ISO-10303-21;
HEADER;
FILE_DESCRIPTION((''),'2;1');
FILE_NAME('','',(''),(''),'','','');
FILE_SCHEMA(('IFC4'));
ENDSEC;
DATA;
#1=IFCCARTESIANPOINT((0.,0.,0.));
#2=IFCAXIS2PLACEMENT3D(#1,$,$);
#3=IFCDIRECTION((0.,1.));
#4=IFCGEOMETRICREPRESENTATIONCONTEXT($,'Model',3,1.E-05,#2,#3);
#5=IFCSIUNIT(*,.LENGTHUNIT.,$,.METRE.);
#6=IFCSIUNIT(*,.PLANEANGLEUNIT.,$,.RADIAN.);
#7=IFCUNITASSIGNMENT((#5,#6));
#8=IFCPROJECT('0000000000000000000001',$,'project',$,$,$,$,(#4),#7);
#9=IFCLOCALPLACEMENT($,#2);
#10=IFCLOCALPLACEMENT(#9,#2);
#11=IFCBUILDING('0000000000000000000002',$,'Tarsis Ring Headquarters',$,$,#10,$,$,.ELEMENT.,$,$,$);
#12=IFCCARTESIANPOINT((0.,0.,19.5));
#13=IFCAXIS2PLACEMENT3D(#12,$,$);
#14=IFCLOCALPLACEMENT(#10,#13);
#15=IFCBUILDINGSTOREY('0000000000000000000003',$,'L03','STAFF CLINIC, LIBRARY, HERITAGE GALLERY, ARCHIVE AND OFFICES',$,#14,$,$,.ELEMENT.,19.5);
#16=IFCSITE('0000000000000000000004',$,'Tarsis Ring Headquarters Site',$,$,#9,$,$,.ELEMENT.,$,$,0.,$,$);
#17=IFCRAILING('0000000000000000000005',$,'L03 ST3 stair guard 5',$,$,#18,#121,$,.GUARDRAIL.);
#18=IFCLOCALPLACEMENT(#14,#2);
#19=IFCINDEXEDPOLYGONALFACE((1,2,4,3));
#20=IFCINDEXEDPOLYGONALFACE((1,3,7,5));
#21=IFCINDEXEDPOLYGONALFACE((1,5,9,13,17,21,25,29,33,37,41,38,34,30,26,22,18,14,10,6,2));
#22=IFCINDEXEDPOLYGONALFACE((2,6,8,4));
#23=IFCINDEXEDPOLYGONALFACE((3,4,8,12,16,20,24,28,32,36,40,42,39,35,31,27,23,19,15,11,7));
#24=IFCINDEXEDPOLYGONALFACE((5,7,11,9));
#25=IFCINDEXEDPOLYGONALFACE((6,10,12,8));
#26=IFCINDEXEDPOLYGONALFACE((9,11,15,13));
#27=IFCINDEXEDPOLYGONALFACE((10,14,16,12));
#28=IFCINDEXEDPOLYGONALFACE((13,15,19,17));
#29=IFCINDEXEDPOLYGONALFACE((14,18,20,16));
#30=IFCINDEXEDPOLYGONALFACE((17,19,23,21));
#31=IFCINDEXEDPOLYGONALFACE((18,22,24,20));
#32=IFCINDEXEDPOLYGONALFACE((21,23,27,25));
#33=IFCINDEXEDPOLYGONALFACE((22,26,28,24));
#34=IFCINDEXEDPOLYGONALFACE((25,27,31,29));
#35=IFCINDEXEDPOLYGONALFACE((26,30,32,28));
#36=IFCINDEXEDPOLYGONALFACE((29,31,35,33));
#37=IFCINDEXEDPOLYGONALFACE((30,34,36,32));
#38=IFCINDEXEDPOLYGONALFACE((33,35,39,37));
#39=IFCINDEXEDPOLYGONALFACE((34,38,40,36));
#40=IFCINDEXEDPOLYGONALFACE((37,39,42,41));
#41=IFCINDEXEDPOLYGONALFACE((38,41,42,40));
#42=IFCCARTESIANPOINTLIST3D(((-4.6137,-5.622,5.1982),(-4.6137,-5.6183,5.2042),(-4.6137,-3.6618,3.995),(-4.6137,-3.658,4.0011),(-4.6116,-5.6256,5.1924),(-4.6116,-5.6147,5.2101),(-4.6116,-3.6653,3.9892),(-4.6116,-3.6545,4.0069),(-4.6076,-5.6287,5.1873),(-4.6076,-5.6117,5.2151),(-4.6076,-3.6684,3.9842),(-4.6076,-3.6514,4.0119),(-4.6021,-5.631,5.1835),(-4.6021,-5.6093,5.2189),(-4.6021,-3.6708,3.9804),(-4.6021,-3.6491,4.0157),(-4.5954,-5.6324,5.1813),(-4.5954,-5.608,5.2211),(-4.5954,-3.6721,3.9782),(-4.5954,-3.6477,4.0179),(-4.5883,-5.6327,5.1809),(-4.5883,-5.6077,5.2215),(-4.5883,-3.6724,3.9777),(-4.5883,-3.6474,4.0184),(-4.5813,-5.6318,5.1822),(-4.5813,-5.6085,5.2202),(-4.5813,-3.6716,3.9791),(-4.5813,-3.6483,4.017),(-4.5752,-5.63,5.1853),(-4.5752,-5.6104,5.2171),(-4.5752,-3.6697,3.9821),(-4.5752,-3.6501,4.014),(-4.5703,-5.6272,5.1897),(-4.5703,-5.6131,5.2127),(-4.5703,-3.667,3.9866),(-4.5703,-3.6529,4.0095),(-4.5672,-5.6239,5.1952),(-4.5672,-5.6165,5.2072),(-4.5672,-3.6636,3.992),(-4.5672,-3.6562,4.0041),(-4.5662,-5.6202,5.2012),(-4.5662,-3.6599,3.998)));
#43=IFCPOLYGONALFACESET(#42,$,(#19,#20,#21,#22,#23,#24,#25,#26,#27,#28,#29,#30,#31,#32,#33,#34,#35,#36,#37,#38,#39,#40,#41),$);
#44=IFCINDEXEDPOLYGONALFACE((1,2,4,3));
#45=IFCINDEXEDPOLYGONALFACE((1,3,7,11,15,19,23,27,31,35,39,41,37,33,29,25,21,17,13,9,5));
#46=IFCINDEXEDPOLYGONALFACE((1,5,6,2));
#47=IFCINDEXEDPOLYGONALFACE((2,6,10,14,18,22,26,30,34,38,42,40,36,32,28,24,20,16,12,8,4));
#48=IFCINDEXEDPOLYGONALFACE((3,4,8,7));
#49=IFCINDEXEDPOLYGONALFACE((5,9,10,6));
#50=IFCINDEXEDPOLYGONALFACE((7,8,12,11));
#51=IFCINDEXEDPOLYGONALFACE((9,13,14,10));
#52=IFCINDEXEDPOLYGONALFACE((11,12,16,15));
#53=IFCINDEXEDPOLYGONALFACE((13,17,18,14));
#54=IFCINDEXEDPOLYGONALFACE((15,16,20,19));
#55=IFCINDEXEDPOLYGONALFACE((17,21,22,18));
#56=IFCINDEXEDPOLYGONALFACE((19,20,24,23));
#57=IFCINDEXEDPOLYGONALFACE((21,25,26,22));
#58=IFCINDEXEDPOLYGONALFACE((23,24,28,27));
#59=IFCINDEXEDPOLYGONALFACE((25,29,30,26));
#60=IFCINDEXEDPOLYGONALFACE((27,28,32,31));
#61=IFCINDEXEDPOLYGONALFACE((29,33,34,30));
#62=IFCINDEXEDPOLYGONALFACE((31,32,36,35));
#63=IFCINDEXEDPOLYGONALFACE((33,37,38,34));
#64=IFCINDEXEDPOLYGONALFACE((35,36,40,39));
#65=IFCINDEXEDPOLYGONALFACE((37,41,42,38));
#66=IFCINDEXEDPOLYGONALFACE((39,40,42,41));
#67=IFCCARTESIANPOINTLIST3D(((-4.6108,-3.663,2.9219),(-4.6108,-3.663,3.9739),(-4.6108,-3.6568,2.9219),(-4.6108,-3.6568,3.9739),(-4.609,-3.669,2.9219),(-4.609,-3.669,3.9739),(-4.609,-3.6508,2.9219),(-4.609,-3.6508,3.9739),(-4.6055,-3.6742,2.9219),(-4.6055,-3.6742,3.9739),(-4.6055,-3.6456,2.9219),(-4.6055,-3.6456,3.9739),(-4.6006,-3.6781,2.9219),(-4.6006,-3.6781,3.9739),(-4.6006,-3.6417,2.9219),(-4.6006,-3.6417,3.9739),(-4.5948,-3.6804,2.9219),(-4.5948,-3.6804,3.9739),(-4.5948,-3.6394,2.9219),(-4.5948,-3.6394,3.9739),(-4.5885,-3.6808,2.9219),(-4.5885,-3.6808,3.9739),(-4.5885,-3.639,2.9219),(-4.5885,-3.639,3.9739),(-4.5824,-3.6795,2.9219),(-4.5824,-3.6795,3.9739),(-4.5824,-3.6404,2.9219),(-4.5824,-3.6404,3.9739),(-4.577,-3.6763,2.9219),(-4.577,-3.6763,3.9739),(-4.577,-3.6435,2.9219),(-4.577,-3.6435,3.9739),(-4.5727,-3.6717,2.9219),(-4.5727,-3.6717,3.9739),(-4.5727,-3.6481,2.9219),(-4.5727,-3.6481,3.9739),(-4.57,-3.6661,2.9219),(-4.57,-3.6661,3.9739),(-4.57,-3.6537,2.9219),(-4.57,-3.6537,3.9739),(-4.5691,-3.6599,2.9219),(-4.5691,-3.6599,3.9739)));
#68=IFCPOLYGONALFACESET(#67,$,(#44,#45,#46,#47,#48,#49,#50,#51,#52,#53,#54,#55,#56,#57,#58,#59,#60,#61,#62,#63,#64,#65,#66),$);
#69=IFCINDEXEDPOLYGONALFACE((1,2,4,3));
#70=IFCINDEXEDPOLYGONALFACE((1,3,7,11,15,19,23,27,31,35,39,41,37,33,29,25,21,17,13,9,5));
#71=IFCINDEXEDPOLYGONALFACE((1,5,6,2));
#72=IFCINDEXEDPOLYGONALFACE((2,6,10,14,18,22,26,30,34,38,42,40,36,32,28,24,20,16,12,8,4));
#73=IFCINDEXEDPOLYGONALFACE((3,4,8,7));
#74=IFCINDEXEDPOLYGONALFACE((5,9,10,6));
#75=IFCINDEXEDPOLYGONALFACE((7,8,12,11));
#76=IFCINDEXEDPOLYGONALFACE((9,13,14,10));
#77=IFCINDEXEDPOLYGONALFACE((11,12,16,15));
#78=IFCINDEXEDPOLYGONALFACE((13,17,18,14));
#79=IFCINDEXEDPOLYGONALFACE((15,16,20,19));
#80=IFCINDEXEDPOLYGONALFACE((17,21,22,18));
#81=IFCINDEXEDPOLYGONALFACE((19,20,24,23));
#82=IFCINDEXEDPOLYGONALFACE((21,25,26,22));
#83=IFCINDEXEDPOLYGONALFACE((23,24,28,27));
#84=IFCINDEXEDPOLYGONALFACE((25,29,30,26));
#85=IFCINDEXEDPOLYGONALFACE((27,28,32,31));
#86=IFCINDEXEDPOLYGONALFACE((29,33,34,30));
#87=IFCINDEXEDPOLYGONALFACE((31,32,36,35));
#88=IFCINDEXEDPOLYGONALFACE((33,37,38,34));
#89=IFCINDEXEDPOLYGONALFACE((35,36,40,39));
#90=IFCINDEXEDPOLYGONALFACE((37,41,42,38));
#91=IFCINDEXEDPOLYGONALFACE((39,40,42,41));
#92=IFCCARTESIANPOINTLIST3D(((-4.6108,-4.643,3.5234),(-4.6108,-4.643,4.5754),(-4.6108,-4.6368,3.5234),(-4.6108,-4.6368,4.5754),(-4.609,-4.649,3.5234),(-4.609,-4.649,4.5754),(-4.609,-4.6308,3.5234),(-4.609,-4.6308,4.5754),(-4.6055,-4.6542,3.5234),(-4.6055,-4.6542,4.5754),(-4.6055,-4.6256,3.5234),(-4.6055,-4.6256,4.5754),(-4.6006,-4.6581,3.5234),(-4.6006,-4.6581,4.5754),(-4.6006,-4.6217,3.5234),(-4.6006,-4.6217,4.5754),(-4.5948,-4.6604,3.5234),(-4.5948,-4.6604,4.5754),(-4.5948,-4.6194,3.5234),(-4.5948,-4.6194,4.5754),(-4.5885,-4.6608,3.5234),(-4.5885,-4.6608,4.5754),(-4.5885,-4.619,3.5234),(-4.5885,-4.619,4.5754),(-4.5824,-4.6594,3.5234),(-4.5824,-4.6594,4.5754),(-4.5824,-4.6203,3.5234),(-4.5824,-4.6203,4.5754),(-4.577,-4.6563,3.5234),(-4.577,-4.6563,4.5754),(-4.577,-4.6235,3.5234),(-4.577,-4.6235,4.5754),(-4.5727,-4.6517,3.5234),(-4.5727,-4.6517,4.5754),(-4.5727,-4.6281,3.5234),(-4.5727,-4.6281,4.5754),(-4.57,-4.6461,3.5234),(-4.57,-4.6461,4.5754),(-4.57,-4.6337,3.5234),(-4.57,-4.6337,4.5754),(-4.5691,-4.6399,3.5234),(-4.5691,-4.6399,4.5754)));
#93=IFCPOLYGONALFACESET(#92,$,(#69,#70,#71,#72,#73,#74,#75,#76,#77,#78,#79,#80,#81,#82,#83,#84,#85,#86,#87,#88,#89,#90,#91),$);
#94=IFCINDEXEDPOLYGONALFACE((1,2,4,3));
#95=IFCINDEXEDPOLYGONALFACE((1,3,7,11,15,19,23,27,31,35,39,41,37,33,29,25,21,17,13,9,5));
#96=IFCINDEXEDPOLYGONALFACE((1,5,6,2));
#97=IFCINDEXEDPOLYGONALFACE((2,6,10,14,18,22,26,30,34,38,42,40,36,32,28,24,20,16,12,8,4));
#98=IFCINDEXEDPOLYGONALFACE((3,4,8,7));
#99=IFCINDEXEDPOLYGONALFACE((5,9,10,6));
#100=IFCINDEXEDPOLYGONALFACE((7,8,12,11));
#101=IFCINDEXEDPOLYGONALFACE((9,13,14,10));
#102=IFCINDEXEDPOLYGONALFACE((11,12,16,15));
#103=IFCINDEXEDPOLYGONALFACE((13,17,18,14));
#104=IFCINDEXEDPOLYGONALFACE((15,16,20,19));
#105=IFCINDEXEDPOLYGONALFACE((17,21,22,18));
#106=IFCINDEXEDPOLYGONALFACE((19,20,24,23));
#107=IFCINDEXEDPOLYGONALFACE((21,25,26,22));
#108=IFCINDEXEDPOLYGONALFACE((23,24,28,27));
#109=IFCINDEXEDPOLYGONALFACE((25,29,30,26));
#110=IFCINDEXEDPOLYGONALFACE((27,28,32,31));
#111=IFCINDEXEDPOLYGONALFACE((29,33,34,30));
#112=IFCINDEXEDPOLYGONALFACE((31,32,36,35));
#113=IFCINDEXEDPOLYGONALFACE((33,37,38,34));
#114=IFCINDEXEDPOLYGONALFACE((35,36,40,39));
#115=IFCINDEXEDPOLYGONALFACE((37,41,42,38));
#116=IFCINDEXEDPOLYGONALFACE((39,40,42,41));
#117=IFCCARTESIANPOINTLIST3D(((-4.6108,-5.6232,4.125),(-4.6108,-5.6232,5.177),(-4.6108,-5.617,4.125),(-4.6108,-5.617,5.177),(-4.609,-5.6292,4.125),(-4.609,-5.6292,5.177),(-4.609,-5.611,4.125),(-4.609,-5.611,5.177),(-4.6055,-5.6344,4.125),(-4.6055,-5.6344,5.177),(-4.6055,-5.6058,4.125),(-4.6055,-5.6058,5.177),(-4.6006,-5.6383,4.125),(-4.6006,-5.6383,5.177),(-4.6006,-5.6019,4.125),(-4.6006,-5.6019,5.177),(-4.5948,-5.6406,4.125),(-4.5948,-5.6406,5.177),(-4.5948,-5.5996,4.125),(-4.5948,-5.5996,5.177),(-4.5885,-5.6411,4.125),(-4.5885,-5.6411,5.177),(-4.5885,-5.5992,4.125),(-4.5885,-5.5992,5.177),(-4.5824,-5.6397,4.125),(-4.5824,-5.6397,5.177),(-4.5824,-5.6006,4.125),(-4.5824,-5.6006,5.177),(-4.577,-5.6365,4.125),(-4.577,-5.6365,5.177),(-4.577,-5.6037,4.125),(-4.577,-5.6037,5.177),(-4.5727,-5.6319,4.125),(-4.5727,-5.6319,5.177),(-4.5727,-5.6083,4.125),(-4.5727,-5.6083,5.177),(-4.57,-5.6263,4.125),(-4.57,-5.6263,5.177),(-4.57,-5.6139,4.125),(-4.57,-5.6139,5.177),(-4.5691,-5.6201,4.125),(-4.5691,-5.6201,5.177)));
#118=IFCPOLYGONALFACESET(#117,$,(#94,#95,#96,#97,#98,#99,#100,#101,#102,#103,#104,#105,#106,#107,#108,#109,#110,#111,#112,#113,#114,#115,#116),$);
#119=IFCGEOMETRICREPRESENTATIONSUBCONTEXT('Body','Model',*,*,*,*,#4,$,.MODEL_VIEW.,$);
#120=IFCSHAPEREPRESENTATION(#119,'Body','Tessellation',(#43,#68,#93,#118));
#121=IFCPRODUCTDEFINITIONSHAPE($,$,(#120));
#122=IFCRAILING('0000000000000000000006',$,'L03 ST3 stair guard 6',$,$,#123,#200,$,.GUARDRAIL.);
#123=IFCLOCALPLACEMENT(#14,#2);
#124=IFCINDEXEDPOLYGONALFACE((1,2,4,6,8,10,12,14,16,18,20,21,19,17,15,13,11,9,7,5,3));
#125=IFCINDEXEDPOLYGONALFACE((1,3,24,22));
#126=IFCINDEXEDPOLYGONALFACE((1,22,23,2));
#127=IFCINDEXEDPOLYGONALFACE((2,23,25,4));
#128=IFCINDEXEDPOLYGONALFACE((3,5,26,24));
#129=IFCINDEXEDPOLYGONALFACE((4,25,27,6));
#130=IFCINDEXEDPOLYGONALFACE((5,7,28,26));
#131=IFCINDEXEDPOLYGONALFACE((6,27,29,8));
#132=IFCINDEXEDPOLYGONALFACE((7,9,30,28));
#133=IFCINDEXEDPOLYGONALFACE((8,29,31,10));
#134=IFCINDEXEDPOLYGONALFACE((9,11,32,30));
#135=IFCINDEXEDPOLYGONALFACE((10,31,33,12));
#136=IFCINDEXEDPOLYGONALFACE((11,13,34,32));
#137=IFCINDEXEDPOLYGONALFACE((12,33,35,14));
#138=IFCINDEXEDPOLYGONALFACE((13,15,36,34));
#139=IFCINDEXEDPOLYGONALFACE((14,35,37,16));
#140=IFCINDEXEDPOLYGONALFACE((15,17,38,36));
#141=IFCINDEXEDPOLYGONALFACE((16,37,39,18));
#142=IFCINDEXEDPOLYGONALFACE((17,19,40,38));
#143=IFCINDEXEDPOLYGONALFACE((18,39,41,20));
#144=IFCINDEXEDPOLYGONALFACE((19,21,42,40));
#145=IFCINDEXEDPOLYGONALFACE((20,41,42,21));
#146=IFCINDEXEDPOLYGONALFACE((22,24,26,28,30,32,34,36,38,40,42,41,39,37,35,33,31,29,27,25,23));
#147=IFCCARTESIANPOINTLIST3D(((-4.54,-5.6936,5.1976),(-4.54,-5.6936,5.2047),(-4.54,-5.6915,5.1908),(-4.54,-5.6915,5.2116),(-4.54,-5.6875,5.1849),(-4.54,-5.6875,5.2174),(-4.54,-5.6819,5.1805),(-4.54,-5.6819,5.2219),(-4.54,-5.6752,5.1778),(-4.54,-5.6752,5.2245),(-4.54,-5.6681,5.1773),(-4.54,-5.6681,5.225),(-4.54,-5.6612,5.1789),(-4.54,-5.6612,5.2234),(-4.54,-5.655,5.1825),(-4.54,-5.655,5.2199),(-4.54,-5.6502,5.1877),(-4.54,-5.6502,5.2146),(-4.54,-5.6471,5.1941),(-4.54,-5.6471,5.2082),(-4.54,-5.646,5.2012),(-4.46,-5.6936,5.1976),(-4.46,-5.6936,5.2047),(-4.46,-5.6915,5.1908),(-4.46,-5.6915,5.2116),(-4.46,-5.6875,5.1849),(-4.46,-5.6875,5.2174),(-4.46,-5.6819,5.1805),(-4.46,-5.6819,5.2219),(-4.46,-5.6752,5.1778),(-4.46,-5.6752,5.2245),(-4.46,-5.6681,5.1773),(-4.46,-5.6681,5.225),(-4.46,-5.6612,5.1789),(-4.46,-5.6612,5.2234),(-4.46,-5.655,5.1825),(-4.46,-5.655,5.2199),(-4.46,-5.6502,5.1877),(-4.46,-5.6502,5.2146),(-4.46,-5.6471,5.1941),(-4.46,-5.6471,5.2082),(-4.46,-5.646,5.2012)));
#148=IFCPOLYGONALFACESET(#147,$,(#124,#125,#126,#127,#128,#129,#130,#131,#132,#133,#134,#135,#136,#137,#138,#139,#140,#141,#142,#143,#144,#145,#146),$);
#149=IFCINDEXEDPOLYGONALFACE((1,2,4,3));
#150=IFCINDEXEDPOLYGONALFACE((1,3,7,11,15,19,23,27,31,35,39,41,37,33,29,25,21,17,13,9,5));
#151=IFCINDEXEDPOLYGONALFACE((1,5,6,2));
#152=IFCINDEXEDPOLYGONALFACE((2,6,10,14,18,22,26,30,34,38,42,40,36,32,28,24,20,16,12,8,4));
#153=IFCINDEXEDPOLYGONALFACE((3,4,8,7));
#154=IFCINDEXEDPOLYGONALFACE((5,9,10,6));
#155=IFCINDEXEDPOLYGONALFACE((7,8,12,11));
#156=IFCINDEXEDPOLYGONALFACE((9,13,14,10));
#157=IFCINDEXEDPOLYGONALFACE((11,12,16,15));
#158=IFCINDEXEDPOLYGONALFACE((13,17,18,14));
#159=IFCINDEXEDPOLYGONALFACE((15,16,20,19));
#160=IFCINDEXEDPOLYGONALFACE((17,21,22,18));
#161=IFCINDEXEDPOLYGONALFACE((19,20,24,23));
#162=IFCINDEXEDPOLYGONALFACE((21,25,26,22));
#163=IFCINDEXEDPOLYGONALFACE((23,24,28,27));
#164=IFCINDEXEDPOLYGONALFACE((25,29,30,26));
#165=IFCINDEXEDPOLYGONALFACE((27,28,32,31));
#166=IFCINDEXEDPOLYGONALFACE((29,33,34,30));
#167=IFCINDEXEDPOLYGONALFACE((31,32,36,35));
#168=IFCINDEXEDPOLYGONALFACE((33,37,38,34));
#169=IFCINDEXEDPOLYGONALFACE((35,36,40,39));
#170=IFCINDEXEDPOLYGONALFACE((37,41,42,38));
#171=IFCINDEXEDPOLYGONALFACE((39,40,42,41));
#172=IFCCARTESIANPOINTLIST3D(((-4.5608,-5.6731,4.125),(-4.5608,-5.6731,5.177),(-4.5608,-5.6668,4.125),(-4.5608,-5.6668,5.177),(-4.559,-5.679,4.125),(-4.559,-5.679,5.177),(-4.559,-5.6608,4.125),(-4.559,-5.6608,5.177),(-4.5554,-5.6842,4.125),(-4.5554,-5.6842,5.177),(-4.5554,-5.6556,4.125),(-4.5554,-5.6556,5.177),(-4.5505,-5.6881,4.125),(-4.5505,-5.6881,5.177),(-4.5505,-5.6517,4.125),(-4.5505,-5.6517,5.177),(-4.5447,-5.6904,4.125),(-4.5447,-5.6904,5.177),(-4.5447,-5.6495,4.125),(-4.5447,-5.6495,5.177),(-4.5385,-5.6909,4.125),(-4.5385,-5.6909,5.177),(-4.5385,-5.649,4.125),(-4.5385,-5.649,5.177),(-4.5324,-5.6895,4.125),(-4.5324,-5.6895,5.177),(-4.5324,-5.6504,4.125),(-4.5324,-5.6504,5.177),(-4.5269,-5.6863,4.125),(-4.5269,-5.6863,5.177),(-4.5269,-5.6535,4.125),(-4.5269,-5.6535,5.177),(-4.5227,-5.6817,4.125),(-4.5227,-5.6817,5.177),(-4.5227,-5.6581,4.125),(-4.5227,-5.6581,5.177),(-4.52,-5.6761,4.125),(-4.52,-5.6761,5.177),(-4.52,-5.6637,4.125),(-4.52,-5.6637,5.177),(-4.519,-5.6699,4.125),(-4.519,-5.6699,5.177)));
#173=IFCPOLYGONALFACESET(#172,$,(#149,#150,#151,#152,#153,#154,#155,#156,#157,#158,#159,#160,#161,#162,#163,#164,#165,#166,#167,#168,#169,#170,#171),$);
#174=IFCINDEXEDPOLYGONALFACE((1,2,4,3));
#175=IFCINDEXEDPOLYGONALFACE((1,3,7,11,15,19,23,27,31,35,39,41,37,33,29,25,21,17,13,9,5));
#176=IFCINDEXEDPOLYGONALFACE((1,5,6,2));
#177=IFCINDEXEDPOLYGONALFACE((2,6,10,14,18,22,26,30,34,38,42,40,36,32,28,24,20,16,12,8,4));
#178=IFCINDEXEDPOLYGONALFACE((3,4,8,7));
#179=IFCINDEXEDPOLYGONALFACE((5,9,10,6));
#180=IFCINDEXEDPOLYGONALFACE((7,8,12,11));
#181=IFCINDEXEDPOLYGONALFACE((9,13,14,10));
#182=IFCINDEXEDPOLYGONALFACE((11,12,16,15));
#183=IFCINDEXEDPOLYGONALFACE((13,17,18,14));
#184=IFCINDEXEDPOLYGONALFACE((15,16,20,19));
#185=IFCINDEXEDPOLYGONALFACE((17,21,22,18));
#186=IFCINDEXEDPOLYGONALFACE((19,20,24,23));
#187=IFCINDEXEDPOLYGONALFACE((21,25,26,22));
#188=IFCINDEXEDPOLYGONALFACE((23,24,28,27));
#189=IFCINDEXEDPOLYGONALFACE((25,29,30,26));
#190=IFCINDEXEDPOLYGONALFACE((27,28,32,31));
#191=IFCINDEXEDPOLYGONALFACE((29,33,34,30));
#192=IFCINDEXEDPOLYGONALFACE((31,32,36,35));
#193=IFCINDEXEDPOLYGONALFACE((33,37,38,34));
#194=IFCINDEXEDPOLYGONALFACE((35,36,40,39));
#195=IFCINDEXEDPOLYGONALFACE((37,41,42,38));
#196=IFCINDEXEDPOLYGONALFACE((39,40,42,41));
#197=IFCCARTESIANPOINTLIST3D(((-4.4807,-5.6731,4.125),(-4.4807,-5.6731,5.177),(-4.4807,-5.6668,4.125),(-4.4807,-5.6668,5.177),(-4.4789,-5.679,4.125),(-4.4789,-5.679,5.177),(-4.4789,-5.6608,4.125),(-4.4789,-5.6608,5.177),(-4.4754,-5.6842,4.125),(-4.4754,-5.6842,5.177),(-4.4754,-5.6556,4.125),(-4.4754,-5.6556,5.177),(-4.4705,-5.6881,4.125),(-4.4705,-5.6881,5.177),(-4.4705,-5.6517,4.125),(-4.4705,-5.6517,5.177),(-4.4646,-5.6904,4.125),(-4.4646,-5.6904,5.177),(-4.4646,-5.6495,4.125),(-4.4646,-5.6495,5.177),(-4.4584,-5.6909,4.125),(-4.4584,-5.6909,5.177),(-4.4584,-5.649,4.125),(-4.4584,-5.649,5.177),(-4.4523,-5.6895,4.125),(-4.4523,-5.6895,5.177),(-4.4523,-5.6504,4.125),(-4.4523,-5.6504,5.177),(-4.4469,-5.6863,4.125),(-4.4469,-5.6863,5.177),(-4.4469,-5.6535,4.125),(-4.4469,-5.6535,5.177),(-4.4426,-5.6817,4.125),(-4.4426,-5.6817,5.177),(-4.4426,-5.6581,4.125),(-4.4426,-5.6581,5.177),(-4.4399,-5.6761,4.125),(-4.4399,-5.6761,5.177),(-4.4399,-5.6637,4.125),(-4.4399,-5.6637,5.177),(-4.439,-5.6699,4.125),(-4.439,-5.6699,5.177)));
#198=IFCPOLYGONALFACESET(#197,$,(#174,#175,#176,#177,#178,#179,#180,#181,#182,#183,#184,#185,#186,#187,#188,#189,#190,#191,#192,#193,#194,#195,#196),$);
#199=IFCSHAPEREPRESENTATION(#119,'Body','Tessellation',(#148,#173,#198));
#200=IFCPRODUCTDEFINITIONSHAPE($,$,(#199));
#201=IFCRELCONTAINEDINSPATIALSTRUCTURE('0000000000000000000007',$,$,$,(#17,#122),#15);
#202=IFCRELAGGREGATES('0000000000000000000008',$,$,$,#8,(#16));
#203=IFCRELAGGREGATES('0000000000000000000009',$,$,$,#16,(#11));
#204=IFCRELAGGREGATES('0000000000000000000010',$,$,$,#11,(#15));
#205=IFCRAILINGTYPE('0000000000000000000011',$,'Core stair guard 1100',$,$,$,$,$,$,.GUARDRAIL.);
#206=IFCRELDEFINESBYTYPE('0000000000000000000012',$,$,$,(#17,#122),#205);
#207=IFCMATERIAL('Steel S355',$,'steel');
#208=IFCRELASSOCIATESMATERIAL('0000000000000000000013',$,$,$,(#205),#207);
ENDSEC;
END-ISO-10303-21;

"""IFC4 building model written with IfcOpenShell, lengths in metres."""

from ifc_helpers import new_model, si_unit, direction, frame, origin, origin_2d, place, context, subcontext, project, spatial, circle, extrude, material, type_object, element, save


model = new_model("IFC4")

# Units and contexts
model_context = context("Model", 3, precision=1e-05, world=origin(), true_north=direction((0.0, 1.0)))
body_context = subcontext(model_context, "Body", "Model", "MODEL_VIEW")
ifc_project = project(units=[si_unit("LENGTHUNIT", "METRE"), si_unit("PLANEANGLEUNIT", "RADIAN")], contexts=[model_context])

# Site, building, storey
site_placement = place(None, origin())
site = spatial("IfcSite", under=ifc_project, at=site_placement, Name="Tarsis Ring Headquarters Site", CompositionType="ELEMENT", RefElevation=0.0)
building_placement = place(site_placement, origin())
building = spatial("IfcBuilding", under=site, at=building_placement, Name="Tarsis Ring Headquarters", CompositionType="ELEMENT")
storey_placement = place(building_placement, frame((0.0, 0.0, 19.5)))
storey = spatial("IfcBuildingStorey", under=building, at=storey_placement, Name="L03", Description="STAFF CLINIC, LIBRARY, HERITAGE GALLERY, ARCHIVE AND OFFICES", CompositionType="ELEMENT", Elevation=19.5)

# Shared definitions
ifc_material_1 = material(Name="Steel S355", Category="steel")

# Railings
railing_type_1 = type_object("IfcRailingType", Name="Core stair guard 1100", PredefinedType="GUARDRAIL", material=ifc_material_1)
railing_1_placement = place(storey_placement, frame((-4.5901, -3.6599, 2.9219)))
element("IfcRailing", 1, at=railing_1_placement, inside=storey, type_object=railing_type_1, Name="L03 ST3 stair guard 5", PredefinedType="GUARDRAIL", context=body_context, shape_type="SweptSolid", body=[
    extrude(circle(Radius=0.0239, at=origin_2d()), frame((0.0, 0.0, 1.0762), z_axis=(0.0, -0.85227, 0.523102), x_axis=(1.0, 0.0, 0.0)), (0.0, 0.0, 1.0), 2.3),
    extrude(circle(Radius=0.021, at=origin_2d()), origin(), (0.0, 0.0, 1.0), 1.052),
    extrude(circle(Radius=0.021, at=origin_2d()), frame((0.0, -0.98, 0.6016)), (0.0, 0.0, 1.0), 1.052),
    extrude(circle(Radius=0.021, at=origin_2d()), frame((0.0, -1.9602, 1.2031)), (0.0, 0.0, 1.0), 1.052),
])
railing_2_placement = place(storey_placement, frame((-4.54, -5.6699, 4.125)))
element("IfcRailing", 2, at=railing_2_placement, inside=storey, type_object=railing_type_1, Name="L03 ST3 stair guard 6", PredefinedType="GUARDRAIL", context=body_context, shape_type="SweptSolid", body=[
    extrude(circle(Radius=0.0239, at=origin_2d()), frame((0.0, 0.0, 1.0762), z_axis=(1.0, 0.0, 0.0), x_axis=(0.0, 1.0, 0.0)), (0.0, 0.0, 1.0), 0.0801),
    extrude(circle(Radius=0.021, at=origin_2d()), origin(), (0.0, 0.0, 1.0), 1.052),
    extrude(circle(Radius=0.021, at=origin_2d()), frame((0.0801, 0.0, 0.0)), (0.0, 0.0, 1.0), 1.052),
])

save(model, "model.ifc")
